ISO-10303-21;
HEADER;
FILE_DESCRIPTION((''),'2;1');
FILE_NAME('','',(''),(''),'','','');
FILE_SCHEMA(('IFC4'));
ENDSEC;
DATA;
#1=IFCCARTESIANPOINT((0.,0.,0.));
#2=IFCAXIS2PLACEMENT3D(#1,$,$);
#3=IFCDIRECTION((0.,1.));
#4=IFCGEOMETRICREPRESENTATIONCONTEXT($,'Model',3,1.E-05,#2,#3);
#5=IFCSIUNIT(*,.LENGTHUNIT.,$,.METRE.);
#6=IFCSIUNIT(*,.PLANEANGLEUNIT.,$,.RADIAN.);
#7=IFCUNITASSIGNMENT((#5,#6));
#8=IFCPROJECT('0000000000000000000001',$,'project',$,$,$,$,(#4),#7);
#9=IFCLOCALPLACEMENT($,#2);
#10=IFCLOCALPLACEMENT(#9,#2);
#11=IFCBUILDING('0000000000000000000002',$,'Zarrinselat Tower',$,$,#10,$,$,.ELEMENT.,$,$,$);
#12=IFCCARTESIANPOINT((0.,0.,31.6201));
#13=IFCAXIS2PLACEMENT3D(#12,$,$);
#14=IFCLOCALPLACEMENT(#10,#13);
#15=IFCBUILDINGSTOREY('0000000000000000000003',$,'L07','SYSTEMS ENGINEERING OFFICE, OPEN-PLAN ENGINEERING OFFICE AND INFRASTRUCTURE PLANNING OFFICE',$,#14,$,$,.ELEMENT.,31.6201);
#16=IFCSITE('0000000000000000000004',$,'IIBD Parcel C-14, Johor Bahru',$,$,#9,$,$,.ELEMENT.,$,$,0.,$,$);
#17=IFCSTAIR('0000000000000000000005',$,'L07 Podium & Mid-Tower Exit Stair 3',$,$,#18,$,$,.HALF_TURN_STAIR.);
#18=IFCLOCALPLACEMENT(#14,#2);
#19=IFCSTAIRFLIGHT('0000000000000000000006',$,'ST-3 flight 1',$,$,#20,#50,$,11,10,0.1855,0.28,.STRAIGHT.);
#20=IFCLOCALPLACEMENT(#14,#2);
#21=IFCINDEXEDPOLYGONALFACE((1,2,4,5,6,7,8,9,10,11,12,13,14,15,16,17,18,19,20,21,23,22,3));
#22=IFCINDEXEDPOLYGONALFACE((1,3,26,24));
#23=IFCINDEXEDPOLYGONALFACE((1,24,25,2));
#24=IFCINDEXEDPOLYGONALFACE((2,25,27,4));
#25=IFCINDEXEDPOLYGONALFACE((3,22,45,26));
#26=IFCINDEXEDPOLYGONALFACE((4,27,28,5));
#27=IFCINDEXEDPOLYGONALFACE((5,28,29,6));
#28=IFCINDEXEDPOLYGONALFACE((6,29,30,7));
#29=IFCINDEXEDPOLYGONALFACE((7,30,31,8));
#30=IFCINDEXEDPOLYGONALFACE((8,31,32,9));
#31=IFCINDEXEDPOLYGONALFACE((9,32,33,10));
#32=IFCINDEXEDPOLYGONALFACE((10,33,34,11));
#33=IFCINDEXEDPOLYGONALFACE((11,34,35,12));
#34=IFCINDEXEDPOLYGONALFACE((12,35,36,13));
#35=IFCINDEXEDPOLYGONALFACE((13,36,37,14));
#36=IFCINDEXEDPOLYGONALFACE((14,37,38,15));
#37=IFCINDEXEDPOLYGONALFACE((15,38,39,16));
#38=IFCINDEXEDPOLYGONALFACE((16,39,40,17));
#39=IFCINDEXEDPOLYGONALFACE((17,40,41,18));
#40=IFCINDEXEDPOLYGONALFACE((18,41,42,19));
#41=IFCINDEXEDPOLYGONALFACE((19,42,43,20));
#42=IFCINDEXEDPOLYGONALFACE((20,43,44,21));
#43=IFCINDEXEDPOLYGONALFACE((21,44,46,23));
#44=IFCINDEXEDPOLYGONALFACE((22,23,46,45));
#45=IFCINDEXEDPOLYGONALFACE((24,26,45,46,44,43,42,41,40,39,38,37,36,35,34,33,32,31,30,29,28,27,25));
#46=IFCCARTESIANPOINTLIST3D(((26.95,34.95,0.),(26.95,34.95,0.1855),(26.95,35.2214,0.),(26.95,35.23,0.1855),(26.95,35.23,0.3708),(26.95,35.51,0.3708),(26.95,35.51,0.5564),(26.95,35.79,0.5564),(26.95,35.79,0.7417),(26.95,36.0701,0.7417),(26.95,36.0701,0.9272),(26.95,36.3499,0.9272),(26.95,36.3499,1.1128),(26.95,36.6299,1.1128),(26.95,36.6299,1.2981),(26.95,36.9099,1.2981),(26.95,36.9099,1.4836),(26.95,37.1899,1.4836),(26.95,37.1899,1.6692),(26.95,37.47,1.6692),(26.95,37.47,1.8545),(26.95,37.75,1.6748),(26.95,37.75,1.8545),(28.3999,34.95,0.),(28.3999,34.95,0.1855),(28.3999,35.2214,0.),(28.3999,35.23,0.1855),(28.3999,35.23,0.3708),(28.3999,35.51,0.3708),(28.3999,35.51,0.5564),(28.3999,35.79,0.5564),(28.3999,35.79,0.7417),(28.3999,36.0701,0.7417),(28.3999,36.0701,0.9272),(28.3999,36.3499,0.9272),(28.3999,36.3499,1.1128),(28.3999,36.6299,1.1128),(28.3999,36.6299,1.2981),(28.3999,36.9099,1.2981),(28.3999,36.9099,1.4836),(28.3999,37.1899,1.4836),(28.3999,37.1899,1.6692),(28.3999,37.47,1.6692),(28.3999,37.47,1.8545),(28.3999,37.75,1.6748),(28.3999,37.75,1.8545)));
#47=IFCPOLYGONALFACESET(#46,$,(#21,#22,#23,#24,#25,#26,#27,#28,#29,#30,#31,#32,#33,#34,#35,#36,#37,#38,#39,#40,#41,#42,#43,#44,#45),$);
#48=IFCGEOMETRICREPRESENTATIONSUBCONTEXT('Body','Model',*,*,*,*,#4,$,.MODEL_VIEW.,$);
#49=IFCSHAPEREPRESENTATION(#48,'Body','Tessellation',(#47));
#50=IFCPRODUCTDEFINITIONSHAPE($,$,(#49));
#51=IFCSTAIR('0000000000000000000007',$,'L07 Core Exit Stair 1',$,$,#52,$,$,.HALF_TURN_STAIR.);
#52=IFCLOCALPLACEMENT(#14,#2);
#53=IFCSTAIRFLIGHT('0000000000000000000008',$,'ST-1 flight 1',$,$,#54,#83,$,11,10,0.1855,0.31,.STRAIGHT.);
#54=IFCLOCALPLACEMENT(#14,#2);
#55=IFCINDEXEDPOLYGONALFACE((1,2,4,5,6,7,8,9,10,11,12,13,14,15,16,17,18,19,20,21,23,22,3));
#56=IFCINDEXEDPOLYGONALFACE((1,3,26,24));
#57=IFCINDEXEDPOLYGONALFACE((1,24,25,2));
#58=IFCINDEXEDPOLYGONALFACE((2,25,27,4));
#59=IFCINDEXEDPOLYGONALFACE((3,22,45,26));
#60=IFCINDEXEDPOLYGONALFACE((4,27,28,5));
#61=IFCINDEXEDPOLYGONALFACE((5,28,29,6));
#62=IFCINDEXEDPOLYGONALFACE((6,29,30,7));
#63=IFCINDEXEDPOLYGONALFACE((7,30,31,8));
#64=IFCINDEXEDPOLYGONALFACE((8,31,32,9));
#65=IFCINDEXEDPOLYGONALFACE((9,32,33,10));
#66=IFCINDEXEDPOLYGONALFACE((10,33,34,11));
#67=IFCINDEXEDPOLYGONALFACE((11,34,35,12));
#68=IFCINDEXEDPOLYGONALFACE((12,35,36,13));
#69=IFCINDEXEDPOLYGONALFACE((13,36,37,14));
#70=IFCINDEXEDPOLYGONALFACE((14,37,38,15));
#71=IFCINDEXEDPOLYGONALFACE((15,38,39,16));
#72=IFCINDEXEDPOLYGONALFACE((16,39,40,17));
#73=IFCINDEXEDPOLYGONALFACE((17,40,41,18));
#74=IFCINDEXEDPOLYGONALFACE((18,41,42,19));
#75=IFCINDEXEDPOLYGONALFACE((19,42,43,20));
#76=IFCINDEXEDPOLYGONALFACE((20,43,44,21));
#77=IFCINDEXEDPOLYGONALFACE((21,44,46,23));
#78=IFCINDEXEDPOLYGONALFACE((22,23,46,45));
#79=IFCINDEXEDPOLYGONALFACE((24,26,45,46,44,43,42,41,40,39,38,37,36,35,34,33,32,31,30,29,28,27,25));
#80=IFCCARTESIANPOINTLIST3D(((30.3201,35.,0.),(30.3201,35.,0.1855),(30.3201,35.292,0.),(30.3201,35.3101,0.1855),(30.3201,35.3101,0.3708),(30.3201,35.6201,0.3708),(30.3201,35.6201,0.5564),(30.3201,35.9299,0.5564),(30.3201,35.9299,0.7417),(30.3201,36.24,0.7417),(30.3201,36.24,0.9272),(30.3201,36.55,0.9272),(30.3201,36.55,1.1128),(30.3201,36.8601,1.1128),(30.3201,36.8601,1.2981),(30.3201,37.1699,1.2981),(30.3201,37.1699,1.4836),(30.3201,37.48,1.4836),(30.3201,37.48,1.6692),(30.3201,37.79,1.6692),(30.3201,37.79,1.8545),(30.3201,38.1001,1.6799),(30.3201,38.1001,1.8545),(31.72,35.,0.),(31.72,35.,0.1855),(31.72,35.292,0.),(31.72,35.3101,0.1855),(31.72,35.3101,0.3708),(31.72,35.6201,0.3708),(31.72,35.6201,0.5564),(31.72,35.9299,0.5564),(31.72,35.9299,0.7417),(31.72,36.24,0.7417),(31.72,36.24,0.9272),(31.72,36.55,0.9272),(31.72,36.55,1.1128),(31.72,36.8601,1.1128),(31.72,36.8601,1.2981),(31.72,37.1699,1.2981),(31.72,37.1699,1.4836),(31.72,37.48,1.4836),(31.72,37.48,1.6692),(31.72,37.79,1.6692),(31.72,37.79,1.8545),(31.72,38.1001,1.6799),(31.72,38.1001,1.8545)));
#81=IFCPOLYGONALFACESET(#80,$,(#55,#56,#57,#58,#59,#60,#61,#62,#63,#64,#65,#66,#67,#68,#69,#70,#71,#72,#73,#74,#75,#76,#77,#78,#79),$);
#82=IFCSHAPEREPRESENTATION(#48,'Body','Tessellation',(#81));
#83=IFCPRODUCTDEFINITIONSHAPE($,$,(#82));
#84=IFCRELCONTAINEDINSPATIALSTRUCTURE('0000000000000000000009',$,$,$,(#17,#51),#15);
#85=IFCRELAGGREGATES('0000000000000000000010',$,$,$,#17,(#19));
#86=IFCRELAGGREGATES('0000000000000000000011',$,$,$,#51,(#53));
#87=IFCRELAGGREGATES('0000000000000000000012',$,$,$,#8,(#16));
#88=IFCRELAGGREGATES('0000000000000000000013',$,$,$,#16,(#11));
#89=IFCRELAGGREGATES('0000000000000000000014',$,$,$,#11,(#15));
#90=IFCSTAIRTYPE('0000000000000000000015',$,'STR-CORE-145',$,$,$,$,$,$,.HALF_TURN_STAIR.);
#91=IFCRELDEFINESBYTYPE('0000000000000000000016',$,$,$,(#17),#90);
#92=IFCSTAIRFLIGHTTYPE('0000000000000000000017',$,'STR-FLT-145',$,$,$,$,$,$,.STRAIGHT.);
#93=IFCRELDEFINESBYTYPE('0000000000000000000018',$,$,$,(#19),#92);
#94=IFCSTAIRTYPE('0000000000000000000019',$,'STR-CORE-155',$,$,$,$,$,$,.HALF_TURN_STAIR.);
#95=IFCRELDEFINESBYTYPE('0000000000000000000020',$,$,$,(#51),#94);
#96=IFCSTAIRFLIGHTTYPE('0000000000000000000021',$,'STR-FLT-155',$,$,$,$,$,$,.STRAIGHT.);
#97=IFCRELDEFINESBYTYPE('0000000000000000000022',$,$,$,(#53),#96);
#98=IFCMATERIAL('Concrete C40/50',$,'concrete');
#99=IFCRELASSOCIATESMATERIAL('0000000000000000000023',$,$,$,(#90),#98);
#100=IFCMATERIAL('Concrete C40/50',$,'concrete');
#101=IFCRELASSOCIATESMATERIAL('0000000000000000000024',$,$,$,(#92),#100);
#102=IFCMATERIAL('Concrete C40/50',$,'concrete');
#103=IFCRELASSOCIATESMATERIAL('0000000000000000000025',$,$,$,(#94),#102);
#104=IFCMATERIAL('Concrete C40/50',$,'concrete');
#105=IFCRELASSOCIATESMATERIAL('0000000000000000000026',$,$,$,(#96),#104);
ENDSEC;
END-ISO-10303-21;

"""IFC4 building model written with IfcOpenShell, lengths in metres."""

from ifc_helpers import new_model, si_unit, direction, frame, origin, place, context, subcontext, project, spatial, polyline, outline, extrude, material, type_object, element, aggregate, save


model = new_model("IFC4")

# Units and contexts
model_context = context("Model", 3, precision=1e-05, world=origin(), true_north=direction((0.0, 1.0)))
body_context = subcontext(model_context, "Body", "Model", "MODEL_VIEW")
ifc_project = project(units=[si_unit("LENGTHUNIT", "METRE"), si_unit("PLANEANGLEUNIT", "RADIAN")], contexts=[model_context])

# Site, building, storey
site_placement = place(None, origin())
site = spatial("IfcSite", under=ifc_project, at=site_placement, Name="IIBD Parcel C-14, Johor Bahru", CompositionType="ELEMENT", RefElevation=0.0)
building_placement = place(site_placement, origin())
building = spatial("IfcBuilding", under=site, at=building_placement, Name="Zarrinselat Tower", CompositionType="ELEMENT")
storey_placement = place(building_placement, frame((0.0, 0.0, 31.6201)))
storey = spatial("IfcBuildingStorey", under=building, at=storey_placement, Name="L07", Description="SYSTEMS ENGINEERING OFFICE, OPEN-PLAN ENGINEERING OFFICE AND INFRASTRUCTURE PLANNING OFFICE", CompositionType="ELEMENT", Elevation=31.6201)

# Stairs, stair flights
ifc_material_1 = material(Name="Concrete C40/50", Category="concrete")
stair_type_1 = type_object("IfcStairType", Name="STR-CORE-145", PredefinedType="HALF_TURN_STAIR", material=ifc_material_1)
stair_1_placement = place(storey_placement, origin())
stair_1 = element("IfcStair", 1, at=stair_1_placement, inside=storey, type_object=stair_type_1, Name="L07 Podium & Mid-Tower Exit Stair 3", PredefinedType="HALF_TURN_STAIR")
ifc_material_2 = material(Name="Concrete C40/50", Category="concrete")
stair_flight_type_1 = type_object("IfcStairFlightType", Name="STR-FLT-145", PredefinedType="STRAIGHT", material=ifc_material_2)
stair_flight_1_placement = place(storey_placement, frame((27.675, 34.95, 0.0), z_axis=(0.0, 0.0, 1.0), x_axis=(0.0, 1.0, 0.0)))
stair_flight_1 = element("IfcStairFlight", 2, at=stair_flight_1_placement, type_object=stair_flight_type_1, Name="ST-3 flight 1", NumberOfRisers=11, NumberOfTreads=10, PredefinedType="STRAIGHT", RiserHeight=0.1855, TreadLength=0.28, context=body_context, shape_type="SweptSolid", body=[
    extrude(outline(polyline([(0.0, 0.0), (0.0, 0.1855), (0.28, 0.1855), (0.28, 0.3708), (0.5601, 0.3708), (0.5601, 0.5564), (0.8401, 0.5564), (0.8401, 0.7417), (1.1201, 0.7417), (1.1201, 0.9272), (1.3999, 0.9272), (1.3999, 1.1128), (1.6799, 1.1128), (1.6799, 1.2981), (1.96, 1.2981), (1.96, 1.4836), (2.24, 1.4836), (2.24, 1.6692), (2.52, 1.6692), (2.52, 1.8545), (2.8, 1.8545), (2.8, 2.04), (2.8, 1.6748), (0.2715, 0.0), (0.0, 0.0)])), frame((0.0, 0.7251, 0.0), z_axis=(0.0, -1.0, 0.0), x_axis=(1.0, 0.0, 0.0)), (0.0, 0.0, 1.0), 1.45),
])
aggregate(stair_1, [stair_flight_1])
ifc_material_3 = material(Name="Concrete C40/50", Category="concrete")
stair_type_2 = type_object("IfcStairType", Name="STR-CORE-155", PredefinedType="HALF_TURN_STAIR", material=ifc_material_3)
stair_2_placement = place(storey_placement, origin())
stair_2 = element("IfcStair", 3, at=stair_2_placement, inside=storey, type_object=stair_type_2, Name="L07 Core Exit Stair 1", PredefinedType="HALF_TURN_STAIR")
ifc_material_4 = material(Name="Concrete C40/50", Category="concrete")
stair_flight_type_2 = type_object("IfcStairFlightType", Name="STR-FLT-155", PredefinedType="STRAIGHT", material=ifc_material_4)
stair_flight_2_placement = place(storey_placement, frame((31.02, 35.0, 0.0), z_axis=(0.0, 0.0, 1.0), x_axis=(0.0, 1.0, 0.0)))
stair_flight_2 = element("IfcStairFlight", 4, at=stair_flight_2_placement, type_object=stair_flight_type_2, Name="ST-1 flight 1", NumberOfRisers=11, NumberOfTreads=10, PredefinedType="STRAIGHT", RiserHeight=0.1855, TreadLength=0.31, context=body_context, shape_type="SweptSolid", body=[
    extrude(outline(polyline([(0.0, 0.0), (0.0, 0.1855), (0.3101, 0.1855), (0.3101, 0.3708), (0.6201, 0.3708), (0.6201, 0.5564), (0.9299, 0.5564), (0.9299, 0.7417), (1.24, 0.7417), (1.24, 0.9272), (1.55, 0.9272), (1.55, 1.1128), (1.8601, 1.1128), (1.8601, 1.2981), (2.1699, 1.2981), (2.1699, 1.4836), (2.48, 1.4836), (2.48, 1.6692), (2.79, 1.6692), (2.79, 1.8545), (3.1001, 1.8545), (3.1001, 2.04), (3.1001, 1.6799), (0.292, 0.0), (0.0, 0.0)])), frame((0.0, 0.7, 0.0), z_axis=(0.0, -1.0, 0.0), x_axis=(1.0, 0.0, 0.0)), (0.0, 0.0, 1.0), 1.3999),
])
aggregate(stair_2, [stair_flight_2])

save(model, "model.ifc")
